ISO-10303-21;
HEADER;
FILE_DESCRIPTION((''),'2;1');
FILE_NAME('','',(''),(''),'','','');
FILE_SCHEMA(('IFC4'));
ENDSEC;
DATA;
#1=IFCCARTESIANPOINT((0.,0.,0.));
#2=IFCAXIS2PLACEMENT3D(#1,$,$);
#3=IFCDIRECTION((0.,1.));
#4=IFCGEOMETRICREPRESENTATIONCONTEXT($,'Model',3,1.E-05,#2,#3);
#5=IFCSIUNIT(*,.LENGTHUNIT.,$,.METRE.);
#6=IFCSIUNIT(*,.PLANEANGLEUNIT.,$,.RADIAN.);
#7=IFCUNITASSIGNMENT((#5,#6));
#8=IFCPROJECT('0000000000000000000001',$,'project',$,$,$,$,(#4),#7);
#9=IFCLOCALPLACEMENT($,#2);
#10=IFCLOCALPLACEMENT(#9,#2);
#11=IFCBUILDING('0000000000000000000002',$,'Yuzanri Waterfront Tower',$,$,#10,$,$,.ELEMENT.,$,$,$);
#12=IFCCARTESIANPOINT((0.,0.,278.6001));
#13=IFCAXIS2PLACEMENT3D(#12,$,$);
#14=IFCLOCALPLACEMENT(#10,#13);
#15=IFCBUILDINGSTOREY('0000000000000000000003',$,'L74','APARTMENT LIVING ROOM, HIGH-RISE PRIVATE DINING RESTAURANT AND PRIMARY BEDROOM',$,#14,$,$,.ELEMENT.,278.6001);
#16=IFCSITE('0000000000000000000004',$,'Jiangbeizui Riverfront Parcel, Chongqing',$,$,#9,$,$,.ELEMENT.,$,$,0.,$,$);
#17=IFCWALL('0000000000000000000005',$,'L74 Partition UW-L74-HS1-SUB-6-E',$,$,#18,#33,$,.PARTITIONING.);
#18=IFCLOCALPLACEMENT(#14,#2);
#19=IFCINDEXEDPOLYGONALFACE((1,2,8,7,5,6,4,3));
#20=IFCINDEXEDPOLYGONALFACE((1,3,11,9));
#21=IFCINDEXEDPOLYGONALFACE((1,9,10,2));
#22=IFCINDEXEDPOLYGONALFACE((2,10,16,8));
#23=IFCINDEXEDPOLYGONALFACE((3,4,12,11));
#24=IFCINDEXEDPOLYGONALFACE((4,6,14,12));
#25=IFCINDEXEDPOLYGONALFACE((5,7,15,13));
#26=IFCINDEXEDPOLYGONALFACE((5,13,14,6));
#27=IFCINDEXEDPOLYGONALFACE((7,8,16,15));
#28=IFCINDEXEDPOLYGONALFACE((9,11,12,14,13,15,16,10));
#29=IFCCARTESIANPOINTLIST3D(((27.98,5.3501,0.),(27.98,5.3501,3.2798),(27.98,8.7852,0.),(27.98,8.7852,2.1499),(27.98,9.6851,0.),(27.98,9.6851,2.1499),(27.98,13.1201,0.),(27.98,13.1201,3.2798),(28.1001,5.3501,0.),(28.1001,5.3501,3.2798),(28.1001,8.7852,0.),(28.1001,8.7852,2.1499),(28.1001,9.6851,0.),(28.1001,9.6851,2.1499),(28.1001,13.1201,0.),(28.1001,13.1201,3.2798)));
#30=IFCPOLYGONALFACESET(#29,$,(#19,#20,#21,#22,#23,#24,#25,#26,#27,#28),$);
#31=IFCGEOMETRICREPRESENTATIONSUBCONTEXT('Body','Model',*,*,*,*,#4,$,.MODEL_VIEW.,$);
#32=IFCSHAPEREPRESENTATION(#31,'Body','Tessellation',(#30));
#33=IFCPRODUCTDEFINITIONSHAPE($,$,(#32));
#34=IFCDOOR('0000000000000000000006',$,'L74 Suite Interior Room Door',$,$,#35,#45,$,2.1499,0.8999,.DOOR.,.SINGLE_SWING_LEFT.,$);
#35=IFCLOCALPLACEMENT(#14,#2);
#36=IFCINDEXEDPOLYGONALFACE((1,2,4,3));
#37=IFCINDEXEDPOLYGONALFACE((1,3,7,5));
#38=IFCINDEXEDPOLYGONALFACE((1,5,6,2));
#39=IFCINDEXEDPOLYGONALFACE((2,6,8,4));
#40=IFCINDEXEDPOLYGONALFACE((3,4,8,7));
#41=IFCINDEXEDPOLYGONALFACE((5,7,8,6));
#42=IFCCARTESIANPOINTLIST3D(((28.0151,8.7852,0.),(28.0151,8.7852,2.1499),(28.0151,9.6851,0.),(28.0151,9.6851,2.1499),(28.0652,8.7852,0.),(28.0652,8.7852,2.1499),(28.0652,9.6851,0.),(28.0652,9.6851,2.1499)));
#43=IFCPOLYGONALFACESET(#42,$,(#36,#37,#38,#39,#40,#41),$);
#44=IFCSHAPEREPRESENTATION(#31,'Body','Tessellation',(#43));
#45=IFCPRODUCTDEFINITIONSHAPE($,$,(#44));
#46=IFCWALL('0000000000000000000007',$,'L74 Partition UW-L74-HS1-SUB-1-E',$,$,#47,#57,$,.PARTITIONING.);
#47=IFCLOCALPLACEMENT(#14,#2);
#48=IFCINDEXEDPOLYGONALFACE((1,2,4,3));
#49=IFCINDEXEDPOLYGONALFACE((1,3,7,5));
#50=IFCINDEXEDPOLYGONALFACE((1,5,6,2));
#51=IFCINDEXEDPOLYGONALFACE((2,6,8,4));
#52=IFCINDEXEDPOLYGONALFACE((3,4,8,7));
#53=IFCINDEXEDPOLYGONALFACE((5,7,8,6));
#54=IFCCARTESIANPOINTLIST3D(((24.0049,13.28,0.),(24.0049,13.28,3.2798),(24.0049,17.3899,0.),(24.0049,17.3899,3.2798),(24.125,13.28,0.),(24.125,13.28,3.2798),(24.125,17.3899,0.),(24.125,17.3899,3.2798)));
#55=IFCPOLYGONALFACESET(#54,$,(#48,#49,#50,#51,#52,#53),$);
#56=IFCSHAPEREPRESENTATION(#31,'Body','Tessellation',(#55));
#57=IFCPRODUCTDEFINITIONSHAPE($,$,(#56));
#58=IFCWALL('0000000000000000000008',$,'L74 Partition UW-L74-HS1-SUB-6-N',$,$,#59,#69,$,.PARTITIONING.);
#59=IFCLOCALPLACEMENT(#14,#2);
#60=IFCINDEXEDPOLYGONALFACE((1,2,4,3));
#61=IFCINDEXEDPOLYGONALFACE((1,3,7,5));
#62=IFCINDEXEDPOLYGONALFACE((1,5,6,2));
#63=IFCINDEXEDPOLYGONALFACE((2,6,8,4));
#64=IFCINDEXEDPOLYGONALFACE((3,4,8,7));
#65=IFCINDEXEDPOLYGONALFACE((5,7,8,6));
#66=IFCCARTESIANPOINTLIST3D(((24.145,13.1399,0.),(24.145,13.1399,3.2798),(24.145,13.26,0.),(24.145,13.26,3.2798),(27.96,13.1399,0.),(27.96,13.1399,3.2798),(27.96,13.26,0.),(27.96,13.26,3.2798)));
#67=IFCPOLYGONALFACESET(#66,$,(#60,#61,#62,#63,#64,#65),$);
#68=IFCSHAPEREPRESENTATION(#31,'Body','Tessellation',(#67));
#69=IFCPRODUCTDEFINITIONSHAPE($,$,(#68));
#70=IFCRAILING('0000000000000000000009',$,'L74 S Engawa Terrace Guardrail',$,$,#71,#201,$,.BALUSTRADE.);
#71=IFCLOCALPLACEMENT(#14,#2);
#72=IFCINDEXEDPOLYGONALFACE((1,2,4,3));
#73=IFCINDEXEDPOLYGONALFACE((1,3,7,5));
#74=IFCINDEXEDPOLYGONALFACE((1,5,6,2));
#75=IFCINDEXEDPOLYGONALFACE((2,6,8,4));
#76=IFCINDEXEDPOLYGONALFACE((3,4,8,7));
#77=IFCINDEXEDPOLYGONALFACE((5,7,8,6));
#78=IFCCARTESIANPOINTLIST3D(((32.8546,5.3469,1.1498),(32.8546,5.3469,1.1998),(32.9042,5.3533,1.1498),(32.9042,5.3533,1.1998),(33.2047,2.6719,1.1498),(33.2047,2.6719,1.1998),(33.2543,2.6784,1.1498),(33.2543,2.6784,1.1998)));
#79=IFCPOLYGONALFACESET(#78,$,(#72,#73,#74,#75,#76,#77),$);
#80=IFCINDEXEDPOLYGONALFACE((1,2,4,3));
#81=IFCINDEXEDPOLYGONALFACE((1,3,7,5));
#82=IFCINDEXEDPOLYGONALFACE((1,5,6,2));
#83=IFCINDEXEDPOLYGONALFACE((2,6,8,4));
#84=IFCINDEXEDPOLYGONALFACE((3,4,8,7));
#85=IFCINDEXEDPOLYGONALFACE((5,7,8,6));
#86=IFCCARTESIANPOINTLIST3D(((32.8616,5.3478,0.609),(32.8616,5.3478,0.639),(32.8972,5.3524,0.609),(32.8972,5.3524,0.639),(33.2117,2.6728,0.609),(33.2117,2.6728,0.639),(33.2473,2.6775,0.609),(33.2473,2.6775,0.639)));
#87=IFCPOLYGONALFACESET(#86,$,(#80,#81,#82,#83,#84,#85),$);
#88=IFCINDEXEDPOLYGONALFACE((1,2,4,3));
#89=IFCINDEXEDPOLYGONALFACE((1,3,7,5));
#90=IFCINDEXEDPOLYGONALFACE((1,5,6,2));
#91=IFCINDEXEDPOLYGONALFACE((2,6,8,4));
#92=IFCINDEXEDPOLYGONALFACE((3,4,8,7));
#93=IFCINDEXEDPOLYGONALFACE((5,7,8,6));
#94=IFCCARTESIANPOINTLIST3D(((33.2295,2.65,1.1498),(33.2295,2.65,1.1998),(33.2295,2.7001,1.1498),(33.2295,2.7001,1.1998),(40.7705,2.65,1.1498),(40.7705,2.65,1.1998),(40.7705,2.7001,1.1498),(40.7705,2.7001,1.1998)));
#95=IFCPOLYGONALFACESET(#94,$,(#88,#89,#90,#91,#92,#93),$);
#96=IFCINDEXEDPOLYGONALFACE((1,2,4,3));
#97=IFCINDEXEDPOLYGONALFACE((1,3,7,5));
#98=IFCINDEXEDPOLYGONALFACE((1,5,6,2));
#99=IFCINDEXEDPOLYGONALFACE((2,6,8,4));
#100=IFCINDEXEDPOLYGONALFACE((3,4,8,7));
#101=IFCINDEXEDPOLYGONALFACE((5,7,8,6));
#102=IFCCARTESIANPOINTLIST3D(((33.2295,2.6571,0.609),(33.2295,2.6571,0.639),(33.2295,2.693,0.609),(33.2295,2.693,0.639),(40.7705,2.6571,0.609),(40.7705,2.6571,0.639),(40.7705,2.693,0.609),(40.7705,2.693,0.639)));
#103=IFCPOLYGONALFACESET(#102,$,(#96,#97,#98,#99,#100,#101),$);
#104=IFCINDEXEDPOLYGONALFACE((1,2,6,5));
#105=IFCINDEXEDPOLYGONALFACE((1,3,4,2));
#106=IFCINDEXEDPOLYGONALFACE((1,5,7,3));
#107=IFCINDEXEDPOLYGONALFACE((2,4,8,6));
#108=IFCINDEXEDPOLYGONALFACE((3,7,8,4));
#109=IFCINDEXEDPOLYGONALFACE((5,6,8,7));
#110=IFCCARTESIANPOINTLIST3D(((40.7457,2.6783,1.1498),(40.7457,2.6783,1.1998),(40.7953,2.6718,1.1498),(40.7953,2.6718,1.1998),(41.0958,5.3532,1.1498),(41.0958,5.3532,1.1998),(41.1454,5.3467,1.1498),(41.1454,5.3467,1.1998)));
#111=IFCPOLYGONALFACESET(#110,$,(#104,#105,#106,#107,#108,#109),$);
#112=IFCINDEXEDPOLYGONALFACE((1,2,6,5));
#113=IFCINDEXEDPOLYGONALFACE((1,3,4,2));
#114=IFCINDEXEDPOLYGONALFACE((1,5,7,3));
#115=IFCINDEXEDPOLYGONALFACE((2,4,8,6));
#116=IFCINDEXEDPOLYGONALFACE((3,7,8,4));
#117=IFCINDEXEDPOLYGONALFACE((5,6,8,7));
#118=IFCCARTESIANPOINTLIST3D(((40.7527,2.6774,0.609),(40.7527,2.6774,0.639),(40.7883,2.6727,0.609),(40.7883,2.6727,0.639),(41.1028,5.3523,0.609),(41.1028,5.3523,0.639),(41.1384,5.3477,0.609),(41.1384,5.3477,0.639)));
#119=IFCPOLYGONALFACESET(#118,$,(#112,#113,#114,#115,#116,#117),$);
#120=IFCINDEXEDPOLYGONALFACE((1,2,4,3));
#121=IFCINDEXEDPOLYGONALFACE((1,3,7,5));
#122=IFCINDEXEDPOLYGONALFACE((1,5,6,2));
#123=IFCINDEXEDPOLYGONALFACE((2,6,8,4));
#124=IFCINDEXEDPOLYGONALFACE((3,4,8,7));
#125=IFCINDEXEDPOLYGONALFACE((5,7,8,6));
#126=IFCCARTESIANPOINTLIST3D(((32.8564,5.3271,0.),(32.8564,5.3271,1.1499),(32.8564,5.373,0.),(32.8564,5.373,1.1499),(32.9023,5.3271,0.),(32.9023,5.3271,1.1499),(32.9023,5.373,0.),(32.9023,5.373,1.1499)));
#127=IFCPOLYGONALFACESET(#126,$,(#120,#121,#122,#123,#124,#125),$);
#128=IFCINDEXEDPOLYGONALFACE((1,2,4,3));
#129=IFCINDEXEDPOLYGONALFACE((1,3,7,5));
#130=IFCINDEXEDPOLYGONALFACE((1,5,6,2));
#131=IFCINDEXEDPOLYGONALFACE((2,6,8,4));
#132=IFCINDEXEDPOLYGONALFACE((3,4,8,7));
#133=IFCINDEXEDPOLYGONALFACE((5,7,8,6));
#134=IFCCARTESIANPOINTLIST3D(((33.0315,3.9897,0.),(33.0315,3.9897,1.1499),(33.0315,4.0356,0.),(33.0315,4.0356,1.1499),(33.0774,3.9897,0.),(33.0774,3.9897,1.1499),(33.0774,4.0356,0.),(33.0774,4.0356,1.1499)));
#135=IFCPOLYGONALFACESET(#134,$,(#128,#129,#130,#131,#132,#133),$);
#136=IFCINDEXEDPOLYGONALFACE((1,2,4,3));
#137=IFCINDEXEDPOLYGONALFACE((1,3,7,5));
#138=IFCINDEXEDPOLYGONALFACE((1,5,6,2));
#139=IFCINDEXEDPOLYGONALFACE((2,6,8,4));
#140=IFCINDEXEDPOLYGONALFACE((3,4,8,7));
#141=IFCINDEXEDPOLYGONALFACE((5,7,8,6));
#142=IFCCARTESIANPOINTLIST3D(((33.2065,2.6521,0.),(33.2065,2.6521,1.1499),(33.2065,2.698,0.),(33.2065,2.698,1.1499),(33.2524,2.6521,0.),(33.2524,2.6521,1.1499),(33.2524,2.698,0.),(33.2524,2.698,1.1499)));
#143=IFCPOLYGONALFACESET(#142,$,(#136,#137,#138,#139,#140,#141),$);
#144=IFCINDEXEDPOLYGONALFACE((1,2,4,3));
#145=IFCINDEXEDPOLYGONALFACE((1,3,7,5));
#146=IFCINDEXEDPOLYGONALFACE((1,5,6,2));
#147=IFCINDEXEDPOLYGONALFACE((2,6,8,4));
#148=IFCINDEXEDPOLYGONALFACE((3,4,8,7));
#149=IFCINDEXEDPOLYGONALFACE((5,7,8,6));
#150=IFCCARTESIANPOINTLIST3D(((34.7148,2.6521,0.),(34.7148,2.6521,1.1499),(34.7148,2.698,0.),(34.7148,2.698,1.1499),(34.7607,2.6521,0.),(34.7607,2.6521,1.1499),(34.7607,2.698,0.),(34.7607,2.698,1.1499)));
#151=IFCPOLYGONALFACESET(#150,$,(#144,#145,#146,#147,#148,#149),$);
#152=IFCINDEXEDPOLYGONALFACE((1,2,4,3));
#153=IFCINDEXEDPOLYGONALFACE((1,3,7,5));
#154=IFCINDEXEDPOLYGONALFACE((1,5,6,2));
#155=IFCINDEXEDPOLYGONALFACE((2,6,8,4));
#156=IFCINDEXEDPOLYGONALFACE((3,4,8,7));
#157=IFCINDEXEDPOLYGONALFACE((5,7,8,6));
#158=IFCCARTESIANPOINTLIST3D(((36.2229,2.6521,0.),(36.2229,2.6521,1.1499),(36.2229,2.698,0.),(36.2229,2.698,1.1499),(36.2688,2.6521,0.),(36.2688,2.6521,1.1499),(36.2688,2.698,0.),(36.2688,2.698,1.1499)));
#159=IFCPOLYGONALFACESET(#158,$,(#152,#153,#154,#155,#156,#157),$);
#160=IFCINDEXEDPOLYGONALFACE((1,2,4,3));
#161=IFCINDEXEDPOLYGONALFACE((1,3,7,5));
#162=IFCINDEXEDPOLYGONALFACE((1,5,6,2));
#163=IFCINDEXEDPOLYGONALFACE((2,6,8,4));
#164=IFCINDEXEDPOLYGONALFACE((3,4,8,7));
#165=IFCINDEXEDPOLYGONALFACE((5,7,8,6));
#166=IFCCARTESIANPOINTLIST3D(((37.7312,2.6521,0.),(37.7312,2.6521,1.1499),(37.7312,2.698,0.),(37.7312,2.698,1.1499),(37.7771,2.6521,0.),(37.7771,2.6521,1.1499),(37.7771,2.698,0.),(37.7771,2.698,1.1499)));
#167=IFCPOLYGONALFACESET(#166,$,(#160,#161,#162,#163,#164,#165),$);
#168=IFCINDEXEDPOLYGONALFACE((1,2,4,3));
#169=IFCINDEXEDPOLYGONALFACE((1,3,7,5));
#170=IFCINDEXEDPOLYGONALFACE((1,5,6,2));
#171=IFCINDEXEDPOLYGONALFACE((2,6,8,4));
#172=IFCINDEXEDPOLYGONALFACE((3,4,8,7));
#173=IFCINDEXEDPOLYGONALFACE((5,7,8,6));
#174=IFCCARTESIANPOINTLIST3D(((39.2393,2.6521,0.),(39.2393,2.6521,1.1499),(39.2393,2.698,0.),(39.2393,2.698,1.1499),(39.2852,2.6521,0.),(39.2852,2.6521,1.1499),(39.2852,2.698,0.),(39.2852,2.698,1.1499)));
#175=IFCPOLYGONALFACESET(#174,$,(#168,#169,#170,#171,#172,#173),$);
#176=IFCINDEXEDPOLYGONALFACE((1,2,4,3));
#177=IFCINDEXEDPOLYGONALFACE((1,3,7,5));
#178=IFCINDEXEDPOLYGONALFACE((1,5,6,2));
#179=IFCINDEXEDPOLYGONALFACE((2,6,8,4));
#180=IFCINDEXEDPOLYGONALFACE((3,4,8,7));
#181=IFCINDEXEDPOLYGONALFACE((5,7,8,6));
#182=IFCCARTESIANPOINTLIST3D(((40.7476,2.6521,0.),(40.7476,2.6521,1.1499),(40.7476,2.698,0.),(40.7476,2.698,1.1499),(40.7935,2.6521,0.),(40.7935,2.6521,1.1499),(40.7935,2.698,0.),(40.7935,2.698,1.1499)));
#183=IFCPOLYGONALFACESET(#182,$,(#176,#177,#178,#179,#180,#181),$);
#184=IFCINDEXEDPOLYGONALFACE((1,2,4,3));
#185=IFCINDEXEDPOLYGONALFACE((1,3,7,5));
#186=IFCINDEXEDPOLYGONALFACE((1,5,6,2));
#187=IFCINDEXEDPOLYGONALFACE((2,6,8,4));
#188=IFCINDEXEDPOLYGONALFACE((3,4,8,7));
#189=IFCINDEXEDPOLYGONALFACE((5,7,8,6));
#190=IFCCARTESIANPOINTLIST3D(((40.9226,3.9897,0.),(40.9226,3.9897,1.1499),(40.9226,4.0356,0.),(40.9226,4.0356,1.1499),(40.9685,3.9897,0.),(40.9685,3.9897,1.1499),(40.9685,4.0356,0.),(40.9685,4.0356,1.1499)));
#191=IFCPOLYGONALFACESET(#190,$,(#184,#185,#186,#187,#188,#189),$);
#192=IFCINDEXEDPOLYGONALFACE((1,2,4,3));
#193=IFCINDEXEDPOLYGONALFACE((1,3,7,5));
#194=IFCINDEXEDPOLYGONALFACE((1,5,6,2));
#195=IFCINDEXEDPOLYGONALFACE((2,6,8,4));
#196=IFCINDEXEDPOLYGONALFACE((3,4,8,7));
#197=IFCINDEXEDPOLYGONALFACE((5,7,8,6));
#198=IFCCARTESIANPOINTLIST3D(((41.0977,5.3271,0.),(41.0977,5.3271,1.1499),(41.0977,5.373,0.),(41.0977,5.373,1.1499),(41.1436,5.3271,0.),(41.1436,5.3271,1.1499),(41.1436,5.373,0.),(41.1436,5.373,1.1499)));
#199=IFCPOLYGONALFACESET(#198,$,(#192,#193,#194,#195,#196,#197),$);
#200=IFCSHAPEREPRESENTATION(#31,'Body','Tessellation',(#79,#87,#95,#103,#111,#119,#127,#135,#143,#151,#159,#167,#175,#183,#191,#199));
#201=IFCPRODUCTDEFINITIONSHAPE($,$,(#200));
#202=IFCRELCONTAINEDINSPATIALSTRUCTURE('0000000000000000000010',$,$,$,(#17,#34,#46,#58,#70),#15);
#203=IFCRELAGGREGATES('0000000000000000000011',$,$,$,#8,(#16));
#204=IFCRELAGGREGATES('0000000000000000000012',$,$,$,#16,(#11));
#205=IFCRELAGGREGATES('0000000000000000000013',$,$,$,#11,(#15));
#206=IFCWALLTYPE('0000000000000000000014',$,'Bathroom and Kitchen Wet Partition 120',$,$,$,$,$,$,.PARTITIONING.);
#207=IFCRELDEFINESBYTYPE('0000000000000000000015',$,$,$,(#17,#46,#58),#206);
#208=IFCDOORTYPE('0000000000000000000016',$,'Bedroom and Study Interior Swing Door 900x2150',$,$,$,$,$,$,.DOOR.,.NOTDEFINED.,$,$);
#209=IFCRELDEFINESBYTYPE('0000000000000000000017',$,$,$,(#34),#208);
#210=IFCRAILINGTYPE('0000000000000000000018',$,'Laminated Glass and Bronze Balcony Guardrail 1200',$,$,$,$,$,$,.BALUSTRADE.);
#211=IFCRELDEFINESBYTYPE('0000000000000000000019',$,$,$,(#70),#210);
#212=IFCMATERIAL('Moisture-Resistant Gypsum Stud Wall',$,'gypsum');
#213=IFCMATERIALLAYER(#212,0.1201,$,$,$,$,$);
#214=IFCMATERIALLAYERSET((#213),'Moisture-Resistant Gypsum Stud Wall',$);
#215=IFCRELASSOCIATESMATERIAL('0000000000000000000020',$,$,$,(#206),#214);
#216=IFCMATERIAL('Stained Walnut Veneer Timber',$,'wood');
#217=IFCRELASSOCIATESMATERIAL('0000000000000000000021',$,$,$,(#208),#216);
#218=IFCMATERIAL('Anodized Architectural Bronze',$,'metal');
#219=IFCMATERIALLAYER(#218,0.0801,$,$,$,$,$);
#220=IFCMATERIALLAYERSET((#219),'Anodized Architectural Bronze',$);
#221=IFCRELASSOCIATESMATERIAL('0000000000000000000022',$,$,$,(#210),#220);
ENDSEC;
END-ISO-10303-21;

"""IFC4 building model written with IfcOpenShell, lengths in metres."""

from ifc_helpers import new_model, si_unit, direction, frame, frame_2d, origin, origin_2d, place, context, subcontext, project, spatial, rectangle, extrude, source, transform, mapped, material, layer, layer_set, type_object, element, fill, save


model = new_model("IFC4")

# Units and contexts
model_context = context("Model", 3, precision=1e-05, world=origin(), true_north=direction((0.0, 1.0)))
body_context = subcontext(model_context, "Body", "Model", "MODEL_VIEW")
ifc_project = project(units=[si_unit("LENGTHUNIT", "METRE"), si_unit("PLANEANGLEUNIT", "RADIAN")], contexts=[model_context])

# Site, building, storey
site_placement = place(None, origin())
site = spatial("IfcSite", under=ifc_project, at=site_placement, Name="Jiangbeizui Riverfront Parcel, Chongqing", CompositionType="ELEMENT", RefElevation=0.0)
building_placement = place(site_placement, origin())
building = spatial("IfcBuilding", under=site, at=building_placement, Name="Yuzanri Waterfront Tower", CompositionType="ELEMENT")
storey_placement = place(building_placement, frame((0.0, 0.0, 278.6001)))
storey = spatial("IfcBuildingStorey", under=building, at=storey_placement, Name="L74", Description="APARTMENT LIVING ROOM, HIGH-RISE PRIVATE DINING RESTAURANT AND PRIMARY BEDROOM", CompositionType="ELEMENT", Elevation=278.6001)

# Wall, opening, door
ifc_material_1 = material(Name="Moisture-Resistant Gypsum Stud Wall", Category="gypsum")
ifc_layer_1 = layer(ifc_material_1, 0.1201)
ifc_layer_set_1 = layer_set([ifc_layer_1], Name="Moisture-Resistant Gypsum Stud Wall")
wall_type = type_object("IfcWallType", Name="Bathroom and Kitchen Wet Partition 120", PredefinedType="PARTITIONING", material=ifc_layer_set_1)
ifc_material_2 = material(Name="Stained Walnut Veneer Timber", Category="wood")
door_type_1 = type_object("IfcDoorType", Name="Bedroom and Study Interior Swing Door 900x2150", OperationType="NOTDEFINED", PredefinedType="DOOR", material=ifc_material_2)
shared_shape_1 = source(origin(), body_context, "Body", "SweptSolid", [
    extrude(rectangle(XDim=0.8999, YDim=2.1499, at=frame_2d((0.45, 1.075))), frame((0.0, 0.0249, 0.0), z_axis=(0.0, -1.0, 0.0), x_axis=(1.0, 0.0, 0.0)), (0.0, 0.0, 1.0), 0.05),
])
wall_1_placement = place(storey_placement, frame((28.04, 5.3501, 0.0), z_axis=(0.0, 0.0, 1.0), x_axis=(0.0, 1.0, 0.0)))
wall_1 = element("IfcWall", 1, at=wall_1_placement, inside=storey, type_object=wall_type, Name="L74 Partition UW-L74-HS1-SUB-6-E", PredefinedType="PARTITIONING", context=body_context, shape_type="SweptSolid", body=[
    extrude(rectangle(XDim=7.77, YDim=0.1201, at=frame_2d((3.885, 0.0))), origin(), (0.0, 0.0, 1.0), 3.2798),
])
opening_1_placement = place(wall_1_placement, frame((3.4351, 0.0, 0.0)))
opening_1 = element("IfcOpeningElement", 2, at=opening_1_placement, cuts=wall_1, PredefinedType="OPENING", context=body_context, shape_type="SweptSolid", body=[
    extrude(rectangle(XDim=0.8999, YDim=2.1499, at=frame_2d((0.45, 1.075))), frame((0.0, 0.075, 0.0), z_axis=(0.0, -1.0, 0.0), x_axis=(1.0, 0.0, 0.0)), (0.0, 0.0, 1.0), 0.1499),
])
door_1_placement = place(opening_1_placement, origin())
door_1 = element("IfcDoor", 3, at=door_1_placement, inside=storey, type_object=door_type_1, Name="L74 Suite Interior Room Door", OperationType="SINGLE_SWING_LEFT", OverallHeight=2.1499, OverallWidth=0.8999, PredefinedType="DOOR", context=body_context, shape_type="MappedRepresentation", body=[
    mapped(shared_shape_1, transform((0.0, 0.0, 0.0), scale=1.0)),
])
fill(opening_1, door_1)

# Walls
shared_shape_2 = source(origin(), body_context, "Body", "SweptSolid", [
    extrude(rectangle(XDim=4.1099, YDim=0.1201, at=frame_2d((2.0549, 0.0))), origin(), (0.0, 0.0, 1.0), 3.2798),
])
wall_2_placement = place(storey_placement, frame((24.0649, 13.28, 0.0), z_axis=(0.0, 0.0, 1.0), x_axis=(0.0, 1.0, 0.0)))
element("IfcWall", 4, at=wall_2_placement, inside=storey, type_object=wall_type, Name="L74 Partition UW-L74-HS1-SUB-1-E", PredefinedType="PARTITIONING", context=body_context, shape_type="MappedRepresentation", body=[
    mapped(shared_shape_2, transform((0.0, 0.0, 0.0), scale=1.0)),
])
shared_shape_3 = source(origin(), body_context, "Body", "SweptSolid", [
    extrude(rectangle(XDim=3.8149, YDim=0.1201, at=frame_2d((1.9075, 0.0))), origin(), (0.0, 0.0, 1.0), 3.2798),
])
wall_3_placement = place(storey_placement, frame((24.145, 13.2, 0.0), z_axis=(0.0, 0.0, 1.0), x_axis=(1.0, 0.0, 0.0)))
element("IfcWall", 5, at=wall_3_placement, inside=storey, type_object=wall_type, Name="L74 Partition UW-L74-HS1-SUB-6-N", PredefinedType="PARTITIONING", context=body_context, shape_type="MappedRepresentation", body=[
    mapped(shared_shape_3, transform((0.0, 0.0, 0.0), scale=1.0)),
])

# Railing
ifc_material_3 = material(Name="Anodized Architectural Bronze", Category="metal")
ifc_layer_2 = layer(ifc_material_3, 0.0801)
ifc_layer_set_2 = layer_set([ifc_layer_2], Name="Anodized Architectural Bronze")
railing_type = type_object("IfcRailingType", Name="Laminated Glass and Bronze Balcony Guardrail 1200", PredefinedType="BALUSTRADE", material=ifc_layer_set_2)
shared_shape_4 = source(origin(), body_context, "Body", "SweptSolid", [
    extrude(rectangle(XDim=0.05, YDim=0.05, at=origin_2d()), frame((0.0, 0.0, 1.1748), z_axis=(0.129769, -0.991544, 0.0), x_axis=(0.991544, 0.129769, 0.0)), (0.0, 0.0, 1.0), 2.6978),
    extrude(rectangle(XDim=0.0359, YDim=0.03, at=origin_2d()), frame((0.0, 0.0, 0.624), z_axis=(0.129769, -0.991544, 0.0), x_axis=(0.991544, 0.129769, 0.0)), (0.0, 0.0, 1.0), 2.6978),
    extrude(rectangle(XDim=0.05, YDim=0.05, at=origin_2d()), frame((0.3501, -2.675, 1.1748), z_axis=(1.0, 0.0, 0.0), x_axis=(0.0, 1.0, 0.0)), (0.0, 0.0, 1.0), 7.541),
    extrude(rectangle(XDim=0.0359, YDim=0.03, at=origin_2d()), frame((0.3501, -2.675, 0.624), z_axis=(1.0, 0.0, 0.0), x_axis=(0.0, 1.0, 0.0)), (0.0, 0.0, 1.0), 7.541),
    extrude(rectangle(XDim=0.05, YDim=0.05, at=origin_2d()), frame((7.8911, -2.675, 1.1748), z_axis=(0.129769, 0.991544, 0.0), x_axis=(-0.991544, 0.129769, 0.0)), (0.0, 0.0, 1.0), 2.6978),
    extrude(rectangle(XDim=0.0359, YDim=0.03, at=origin_2d()), frame((7.8911, -2.675, 0.624), z_axis=(0.129769, 0.991544, 0.0), x_axis=(-0.991544, 0.129769, 0.0)), (0.0, 0.0, 1.0), 2.6978),
    extrude(rectangle(XDim=0.0459, YDim=0.0459, at=origin_2d()), origin(), (0.0, 0.0, 1.0), 1.1499),
    extrude(rectangle(XDim=0.0459, YDim=0.0459, at=origin_2d()), frame((0.175, -1.3374, 0.0)), (0.0, 0.0, 1.0), 1.1499),
    extrude(rectangle(XDim=0.0459, YDim=0.0459, at=origin_2d()), frame((0.3501, -2.675, 0.0)), (0.0, 0.0, 1.0), 1.1499),
    extrude(rectangle(XDim=0.0459, YDim=0.0459, at=origin_2d()), frame((1.8584, -2.675, 0.0)), (0.0, 0.0, 1.0), 1.1499),
    extrude(rectangle(XDim=0.0459, YDim=0.0459, at=origin_2d()), frame((3.3665, -2.675, 0.0)), (0.0, 0.0, 1.0), 1.1499),
    extrude(rectangle(XDim=0.0459, YDim=0.0459, at=origin_2d()), frame((4.8748, -2.675, 0.0)), (0.0, 0.0, 1.0), 1.1499),
    extrude(rectangle(XDim=0.0459, YDim=0.0459, at=origin_2d()), frame((6.3828, -2.675, 0.0)), (0.0, 0.0, 1.0), 1.1499),
    extrude(rectangle(XDim=0.0459, YDim=0.0459, at=origin_2d()), frame((7.8911, -2.675, 0.0)), (0.0, 0.0, 1.0), 1.1499),
    extrude(rectangle(XDim=0.0459, YDim=0.0459, at=origin_2d()), frame((8.0662, -1.3374, 0.0)), (0.0, 0.0, 1.0), 1.1499),
    extrude(rectangle(XDim=0.0459, YDim=0.0459, at=origin_2d()), frame((8.2412, 0.0, 0.0)), (0.0, 0.0, 1.0), 1.1499),
])
railing_placement = place(storey_placement, frame((32.8794, 5.3501, 0.0)))
element("IfcRailing", 6, at=railing_placement, inside=storey, type_object=railing_type, Name="L74 S Engawa Terrace Guardrail", PredefinedType="BALUSTRADE", context=body_context, shape_type="MappedRepresentation", body=[
    mapped(shared_shape_4, transform((0.0, 0.0, 0.0), scale=1.0)),
])

save(model, "model.ifc")
